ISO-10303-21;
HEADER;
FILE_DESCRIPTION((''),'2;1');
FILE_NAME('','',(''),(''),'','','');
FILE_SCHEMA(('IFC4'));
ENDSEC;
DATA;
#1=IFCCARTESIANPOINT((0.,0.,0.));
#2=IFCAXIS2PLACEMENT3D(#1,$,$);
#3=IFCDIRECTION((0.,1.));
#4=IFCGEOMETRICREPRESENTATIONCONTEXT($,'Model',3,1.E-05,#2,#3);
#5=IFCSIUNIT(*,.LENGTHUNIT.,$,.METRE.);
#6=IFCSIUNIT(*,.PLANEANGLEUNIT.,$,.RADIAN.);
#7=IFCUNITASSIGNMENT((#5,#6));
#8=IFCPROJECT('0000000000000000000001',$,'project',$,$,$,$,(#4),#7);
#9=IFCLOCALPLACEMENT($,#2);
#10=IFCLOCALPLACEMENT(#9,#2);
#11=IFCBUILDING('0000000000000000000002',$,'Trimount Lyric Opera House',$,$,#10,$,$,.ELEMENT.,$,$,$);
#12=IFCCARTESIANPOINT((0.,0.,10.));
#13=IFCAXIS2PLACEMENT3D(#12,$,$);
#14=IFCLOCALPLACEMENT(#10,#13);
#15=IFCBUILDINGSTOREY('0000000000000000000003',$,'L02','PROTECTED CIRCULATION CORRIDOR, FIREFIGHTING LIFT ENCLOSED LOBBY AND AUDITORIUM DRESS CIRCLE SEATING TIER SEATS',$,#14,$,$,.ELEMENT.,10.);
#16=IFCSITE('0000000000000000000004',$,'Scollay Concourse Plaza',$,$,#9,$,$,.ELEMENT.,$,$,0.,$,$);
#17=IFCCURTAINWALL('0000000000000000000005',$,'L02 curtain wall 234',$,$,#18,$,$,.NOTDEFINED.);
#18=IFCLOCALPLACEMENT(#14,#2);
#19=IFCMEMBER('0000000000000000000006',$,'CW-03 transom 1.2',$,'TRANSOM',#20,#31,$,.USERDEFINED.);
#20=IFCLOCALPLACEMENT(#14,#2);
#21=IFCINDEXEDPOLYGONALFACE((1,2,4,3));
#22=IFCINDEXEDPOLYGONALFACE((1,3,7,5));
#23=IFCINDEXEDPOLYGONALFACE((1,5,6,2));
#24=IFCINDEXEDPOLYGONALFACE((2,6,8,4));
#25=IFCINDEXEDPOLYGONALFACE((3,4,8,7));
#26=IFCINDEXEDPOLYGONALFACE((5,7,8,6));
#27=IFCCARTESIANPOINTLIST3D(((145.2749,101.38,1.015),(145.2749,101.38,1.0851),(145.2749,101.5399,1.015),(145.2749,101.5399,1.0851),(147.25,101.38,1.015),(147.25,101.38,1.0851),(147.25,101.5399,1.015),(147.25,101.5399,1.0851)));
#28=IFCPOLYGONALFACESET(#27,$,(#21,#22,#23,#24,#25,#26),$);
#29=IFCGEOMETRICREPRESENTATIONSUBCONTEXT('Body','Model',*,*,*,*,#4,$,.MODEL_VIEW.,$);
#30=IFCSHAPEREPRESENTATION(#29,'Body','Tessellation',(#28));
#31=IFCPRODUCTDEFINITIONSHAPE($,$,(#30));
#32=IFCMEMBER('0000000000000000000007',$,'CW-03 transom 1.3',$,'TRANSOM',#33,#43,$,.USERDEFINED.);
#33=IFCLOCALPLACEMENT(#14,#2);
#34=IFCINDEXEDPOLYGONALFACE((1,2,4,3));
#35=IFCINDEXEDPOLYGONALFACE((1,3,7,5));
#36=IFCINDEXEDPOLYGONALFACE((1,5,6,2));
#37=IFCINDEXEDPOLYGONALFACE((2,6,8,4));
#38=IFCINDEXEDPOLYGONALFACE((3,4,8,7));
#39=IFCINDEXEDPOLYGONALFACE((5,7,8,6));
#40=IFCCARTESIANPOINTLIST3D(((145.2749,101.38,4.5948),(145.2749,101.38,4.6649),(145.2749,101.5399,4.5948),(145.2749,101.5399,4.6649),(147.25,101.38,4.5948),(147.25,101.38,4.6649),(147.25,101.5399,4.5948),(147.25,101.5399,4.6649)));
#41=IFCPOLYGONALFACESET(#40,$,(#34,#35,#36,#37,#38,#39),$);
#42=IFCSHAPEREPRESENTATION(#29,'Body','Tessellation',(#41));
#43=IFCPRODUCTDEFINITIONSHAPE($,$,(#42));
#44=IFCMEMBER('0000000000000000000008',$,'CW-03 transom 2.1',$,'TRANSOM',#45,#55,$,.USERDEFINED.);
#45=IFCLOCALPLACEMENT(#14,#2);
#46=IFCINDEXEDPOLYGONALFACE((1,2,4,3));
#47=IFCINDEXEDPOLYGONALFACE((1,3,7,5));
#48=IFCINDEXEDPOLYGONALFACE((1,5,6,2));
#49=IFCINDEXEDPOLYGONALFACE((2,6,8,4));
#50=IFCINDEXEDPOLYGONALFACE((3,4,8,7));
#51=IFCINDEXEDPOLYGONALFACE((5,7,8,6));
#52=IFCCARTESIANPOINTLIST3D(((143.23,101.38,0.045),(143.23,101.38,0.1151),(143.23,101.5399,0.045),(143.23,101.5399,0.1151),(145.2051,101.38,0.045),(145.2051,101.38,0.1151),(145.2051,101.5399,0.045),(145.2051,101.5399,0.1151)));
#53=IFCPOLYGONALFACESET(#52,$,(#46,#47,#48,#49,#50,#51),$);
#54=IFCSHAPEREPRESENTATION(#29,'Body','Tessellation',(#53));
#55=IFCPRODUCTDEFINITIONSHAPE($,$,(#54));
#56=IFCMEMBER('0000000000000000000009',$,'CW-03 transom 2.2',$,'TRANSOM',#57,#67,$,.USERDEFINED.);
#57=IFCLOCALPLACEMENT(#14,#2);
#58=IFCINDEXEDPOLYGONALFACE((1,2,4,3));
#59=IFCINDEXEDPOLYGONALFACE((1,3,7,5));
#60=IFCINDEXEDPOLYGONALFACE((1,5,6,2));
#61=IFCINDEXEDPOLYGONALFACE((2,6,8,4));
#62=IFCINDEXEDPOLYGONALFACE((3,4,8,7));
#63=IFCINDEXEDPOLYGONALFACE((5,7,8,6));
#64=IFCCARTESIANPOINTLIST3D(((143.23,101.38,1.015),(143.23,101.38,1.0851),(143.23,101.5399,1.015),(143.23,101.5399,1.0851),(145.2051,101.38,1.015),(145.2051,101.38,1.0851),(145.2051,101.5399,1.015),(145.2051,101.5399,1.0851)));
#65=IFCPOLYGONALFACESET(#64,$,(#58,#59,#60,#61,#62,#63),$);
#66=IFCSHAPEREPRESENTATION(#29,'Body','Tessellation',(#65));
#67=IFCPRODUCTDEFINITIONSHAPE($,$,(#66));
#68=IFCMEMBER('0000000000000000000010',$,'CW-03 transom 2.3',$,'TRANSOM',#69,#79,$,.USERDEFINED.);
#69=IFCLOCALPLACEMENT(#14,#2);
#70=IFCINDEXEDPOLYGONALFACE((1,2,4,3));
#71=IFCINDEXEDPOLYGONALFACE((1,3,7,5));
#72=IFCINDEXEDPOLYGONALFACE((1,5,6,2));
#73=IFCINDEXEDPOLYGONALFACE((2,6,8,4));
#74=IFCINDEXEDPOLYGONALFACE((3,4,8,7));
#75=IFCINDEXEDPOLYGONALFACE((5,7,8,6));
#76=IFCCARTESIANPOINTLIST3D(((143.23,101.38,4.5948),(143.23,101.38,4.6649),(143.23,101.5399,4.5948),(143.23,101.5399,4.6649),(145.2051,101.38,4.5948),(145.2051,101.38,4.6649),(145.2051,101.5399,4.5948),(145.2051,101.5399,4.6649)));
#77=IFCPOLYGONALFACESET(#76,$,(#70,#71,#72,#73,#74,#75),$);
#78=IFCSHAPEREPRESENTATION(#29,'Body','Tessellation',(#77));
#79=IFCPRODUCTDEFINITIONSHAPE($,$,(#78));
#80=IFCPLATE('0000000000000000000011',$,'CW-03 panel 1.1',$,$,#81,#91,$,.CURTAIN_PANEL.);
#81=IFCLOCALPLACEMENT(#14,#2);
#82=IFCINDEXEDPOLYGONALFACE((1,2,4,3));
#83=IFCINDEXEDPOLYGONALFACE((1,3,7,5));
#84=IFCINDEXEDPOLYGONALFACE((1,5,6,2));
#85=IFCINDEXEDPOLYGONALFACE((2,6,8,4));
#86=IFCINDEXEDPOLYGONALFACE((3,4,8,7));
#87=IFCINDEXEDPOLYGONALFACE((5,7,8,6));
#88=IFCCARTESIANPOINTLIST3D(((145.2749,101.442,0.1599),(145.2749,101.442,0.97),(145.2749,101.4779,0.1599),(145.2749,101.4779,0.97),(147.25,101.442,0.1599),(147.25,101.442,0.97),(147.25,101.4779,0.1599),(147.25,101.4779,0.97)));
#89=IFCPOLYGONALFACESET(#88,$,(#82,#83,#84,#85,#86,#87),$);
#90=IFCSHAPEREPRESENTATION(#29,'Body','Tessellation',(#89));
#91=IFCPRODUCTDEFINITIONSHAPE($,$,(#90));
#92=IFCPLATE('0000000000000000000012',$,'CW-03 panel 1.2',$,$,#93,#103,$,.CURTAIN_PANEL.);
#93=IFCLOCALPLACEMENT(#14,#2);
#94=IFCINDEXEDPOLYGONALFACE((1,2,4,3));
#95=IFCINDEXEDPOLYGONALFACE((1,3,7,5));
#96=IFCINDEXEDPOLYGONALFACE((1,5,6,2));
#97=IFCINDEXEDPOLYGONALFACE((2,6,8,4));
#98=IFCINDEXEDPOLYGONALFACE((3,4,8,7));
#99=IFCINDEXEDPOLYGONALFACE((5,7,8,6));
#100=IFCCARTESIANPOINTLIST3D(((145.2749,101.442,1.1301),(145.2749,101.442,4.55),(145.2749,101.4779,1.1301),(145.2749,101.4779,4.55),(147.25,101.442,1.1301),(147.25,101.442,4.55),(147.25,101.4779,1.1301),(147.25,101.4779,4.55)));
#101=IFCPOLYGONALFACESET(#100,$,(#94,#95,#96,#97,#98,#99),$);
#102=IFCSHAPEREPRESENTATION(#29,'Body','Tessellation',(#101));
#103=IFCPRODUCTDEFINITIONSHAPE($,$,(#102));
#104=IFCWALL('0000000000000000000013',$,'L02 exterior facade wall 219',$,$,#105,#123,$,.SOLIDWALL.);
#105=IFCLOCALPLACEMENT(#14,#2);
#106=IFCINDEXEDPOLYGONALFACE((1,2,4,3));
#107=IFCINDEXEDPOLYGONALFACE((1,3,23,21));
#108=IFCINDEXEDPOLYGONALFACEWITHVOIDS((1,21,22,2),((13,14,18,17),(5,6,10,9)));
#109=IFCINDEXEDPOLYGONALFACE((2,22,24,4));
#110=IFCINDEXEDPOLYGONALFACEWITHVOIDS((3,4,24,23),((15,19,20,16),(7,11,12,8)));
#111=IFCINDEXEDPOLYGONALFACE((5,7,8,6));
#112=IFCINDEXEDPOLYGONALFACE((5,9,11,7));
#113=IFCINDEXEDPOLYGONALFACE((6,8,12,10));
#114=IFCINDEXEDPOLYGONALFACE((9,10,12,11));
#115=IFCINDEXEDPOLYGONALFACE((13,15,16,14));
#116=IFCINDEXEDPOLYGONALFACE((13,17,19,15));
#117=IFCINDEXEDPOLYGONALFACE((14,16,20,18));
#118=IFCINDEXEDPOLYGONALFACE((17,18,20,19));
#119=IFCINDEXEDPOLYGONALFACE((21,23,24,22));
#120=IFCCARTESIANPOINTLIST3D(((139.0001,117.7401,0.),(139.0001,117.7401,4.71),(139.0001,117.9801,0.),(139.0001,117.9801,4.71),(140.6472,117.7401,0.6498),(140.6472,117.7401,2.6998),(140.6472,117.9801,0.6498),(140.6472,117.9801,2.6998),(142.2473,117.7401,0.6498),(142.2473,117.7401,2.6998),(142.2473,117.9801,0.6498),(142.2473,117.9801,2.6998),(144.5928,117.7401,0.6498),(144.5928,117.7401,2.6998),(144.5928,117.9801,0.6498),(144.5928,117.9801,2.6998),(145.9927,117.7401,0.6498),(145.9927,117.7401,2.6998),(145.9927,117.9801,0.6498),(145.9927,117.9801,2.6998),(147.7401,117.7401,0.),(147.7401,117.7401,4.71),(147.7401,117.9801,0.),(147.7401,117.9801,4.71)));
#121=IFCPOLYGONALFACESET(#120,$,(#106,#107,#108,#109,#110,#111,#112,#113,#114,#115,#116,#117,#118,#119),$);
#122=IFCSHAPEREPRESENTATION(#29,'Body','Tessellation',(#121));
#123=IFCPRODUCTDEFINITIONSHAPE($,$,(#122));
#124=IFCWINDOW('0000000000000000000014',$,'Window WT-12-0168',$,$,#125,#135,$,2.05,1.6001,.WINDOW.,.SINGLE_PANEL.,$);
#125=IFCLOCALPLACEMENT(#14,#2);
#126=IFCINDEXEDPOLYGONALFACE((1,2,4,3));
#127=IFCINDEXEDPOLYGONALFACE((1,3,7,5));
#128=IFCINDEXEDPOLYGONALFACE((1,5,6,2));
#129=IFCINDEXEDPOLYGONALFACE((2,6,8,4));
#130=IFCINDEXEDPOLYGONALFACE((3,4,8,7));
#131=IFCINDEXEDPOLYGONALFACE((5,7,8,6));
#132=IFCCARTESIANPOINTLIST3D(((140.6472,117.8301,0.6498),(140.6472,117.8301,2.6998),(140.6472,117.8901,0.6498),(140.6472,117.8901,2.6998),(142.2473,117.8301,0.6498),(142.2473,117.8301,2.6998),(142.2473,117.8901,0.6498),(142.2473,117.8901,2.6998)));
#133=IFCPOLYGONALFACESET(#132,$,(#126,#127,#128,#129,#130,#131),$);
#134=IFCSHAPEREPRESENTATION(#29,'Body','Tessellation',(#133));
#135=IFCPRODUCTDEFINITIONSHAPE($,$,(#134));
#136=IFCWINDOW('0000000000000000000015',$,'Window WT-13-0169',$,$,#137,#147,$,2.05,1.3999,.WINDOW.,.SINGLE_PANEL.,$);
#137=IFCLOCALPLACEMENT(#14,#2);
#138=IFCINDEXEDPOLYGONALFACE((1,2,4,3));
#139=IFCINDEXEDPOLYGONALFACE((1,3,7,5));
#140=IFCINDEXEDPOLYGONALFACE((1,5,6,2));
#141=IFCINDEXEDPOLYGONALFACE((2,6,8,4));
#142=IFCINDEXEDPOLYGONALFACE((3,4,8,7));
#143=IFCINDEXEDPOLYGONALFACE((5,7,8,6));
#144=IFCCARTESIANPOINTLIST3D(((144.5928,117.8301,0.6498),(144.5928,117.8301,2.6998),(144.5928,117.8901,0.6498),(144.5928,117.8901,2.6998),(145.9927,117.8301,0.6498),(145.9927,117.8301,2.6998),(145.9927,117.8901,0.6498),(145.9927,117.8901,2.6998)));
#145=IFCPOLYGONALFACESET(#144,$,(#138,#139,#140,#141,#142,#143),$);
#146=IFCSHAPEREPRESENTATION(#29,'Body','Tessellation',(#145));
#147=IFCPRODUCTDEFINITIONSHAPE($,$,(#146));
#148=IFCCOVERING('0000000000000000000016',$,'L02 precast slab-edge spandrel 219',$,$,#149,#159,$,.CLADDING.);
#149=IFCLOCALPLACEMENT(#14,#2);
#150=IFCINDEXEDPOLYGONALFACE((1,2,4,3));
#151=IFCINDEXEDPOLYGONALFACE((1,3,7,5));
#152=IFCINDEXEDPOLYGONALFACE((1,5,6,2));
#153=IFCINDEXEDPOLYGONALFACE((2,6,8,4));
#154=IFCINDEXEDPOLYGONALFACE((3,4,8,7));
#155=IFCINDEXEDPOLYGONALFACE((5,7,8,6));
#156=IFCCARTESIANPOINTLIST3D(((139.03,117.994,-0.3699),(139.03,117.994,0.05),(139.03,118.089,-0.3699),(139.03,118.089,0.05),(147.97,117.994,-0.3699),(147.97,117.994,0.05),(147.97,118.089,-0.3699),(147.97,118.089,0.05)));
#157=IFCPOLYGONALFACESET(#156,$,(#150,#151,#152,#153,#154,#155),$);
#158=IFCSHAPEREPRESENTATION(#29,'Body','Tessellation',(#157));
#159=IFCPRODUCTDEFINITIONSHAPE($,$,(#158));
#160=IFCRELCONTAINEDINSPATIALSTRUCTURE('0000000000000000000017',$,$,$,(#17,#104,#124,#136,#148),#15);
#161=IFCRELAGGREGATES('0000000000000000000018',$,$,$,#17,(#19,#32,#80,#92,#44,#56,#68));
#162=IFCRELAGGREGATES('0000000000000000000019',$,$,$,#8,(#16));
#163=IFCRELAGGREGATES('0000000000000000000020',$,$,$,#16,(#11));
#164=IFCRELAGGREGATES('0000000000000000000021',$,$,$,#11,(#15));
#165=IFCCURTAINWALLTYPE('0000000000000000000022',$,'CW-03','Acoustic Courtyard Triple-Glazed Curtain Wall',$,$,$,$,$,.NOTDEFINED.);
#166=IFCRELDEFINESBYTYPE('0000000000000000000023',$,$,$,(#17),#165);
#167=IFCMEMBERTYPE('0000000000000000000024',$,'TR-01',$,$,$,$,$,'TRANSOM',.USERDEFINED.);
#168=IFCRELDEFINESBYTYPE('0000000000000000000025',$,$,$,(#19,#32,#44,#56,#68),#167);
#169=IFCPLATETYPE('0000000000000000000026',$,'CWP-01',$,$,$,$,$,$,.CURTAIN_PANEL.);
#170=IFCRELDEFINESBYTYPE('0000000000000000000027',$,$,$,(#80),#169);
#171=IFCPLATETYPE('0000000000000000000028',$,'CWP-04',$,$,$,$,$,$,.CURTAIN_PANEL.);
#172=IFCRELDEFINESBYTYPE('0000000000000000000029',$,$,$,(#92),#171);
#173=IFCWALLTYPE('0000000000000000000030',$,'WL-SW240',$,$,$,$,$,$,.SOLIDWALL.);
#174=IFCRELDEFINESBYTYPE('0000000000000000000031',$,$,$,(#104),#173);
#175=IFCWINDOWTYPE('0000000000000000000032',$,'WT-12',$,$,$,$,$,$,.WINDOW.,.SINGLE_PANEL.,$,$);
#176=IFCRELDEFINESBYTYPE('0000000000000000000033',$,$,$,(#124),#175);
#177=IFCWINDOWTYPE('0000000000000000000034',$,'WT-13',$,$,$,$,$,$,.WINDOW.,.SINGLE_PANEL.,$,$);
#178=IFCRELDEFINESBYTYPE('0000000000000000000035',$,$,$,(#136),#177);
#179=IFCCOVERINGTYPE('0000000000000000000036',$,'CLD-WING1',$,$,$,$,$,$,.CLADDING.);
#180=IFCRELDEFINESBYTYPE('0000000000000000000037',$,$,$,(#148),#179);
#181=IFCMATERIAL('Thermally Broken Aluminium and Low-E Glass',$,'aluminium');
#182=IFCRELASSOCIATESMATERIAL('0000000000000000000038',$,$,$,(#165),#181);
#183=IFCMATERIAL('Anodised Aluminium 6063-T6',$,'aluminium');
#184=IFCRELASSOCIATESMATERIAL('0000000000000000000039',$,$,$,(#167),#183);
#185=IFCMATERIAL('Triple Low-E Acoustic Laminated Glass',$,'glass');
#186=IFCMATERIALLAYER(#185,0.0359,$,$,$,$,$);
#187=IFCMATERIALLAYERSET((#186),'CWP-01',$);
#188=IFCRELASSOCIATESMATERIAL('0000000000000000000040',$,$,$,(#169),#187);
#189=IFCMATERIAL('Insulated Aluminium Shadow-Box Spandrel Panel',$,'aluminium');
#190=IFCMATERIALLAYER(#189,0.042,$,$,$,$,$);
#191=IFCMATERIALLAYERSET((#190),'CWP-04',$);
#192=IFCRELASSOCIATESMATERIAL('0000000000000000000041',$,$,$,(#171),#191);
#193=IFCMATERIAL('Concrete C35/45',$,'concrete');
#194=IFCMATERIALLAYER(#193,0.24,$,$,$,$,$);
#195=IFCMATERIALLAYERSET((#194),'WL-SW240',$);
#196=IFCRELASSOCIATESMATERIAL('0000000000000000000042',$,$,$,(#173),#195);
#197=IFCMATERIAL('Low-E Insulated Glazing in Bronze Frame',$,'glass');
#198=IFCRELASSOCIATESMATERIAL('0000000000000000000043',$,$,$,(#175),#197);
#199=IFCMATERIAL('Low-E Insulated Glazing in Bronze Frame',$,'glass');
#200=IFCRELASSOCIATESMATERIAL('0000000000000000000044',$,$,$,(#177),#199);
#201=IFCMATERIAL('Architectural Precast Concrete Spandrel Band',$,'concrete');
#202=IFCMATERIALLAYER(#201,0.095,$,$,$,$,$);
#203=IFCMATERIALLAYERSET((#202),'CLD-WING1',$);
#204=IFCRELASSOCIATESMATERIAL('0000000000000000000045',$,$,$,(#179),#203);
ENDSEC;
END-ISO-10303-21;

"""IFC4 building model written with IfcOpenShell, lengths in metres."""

from ifc_helpers import new_model, si_unit, direction, frame, frame_2d, origin, origin_2d, place, context, subcontext, project, spatial, rectangle, extrude, material, layer, layer_set, material_profile, profile_set, type_object, element, fill, aggregate, save


model = new_model("IFC4")

# Units and contexts
model_context = context("Model", 3, precision=1e-05, world=origin(), true_north=direction((0.0, 1.0)))
body_context = subcontext(model_context, "Body", "Model", "MODEL_VIEW")
ifc_project = project(units=[si_unit("LENGTHUNIT", "METRE"), si_unit("PLANEANGLEUNIT", "RADIAN")], contexts=[model_context])

# Site, building, storey
site_placement = place(None, origin())
site = spatial("IfcSite", under=ifc_project, at=site_placement, Name="Scollay Concourse Plaza", CompositionType="ELEMENT", RefElevation=0.0)
building_placement = place(site_placement, origin())
building = spatial("IfcBuilding", under=site, at=building_placement, Name="Trimount Lyric Opera House", CompositionType="ELEMENT")
storey_placement = place(building_placement, frame((0.0, 0.0, 10.0)))
storey = spatial("IfcBuildingStorey", under=building, at=storey_placement, Name="L02", Description="PROTECTED CIRCULATION CORRIDOR, FIREFIGHTING LIFT ENCLOSED LOBBY AND AUDITORIUM DRESS CIRCLE SEATING TIER SEATS", CompositionType="ELEMENT", Elevation=10.0)

# Curtain wall
ifc_material_1 = material(Name="Thermally Broken Aluminium and Low-E Glass", Category="aluminium")
curtain_wall_type = type_object("IfcCurtainWallType", Name="CW-03", Description="Acoustic Courtyard Triple-Glazed Curtain Wall", PredefinedType="NOTDEFINED", material=ifc_material_1)
curtain_wall_placement = place(storey_placement, origin())
curtain_wall = element("IfcCurtainWall", 1, at=curtain_wall_placement, inside=storey, type_object=curtain_wall_type, Name="L02 curtain wall 234", PredefinedType="NOTDEFINED")

# Members
ifc_material_2 = material(Name="Anodised Aluminium 6063-T6", Category="aluminium")
ifc_material_profile_1 = material_profile(ifc_material_2, rectangle(XDim=0.1599, YDim=0.0701, at=origin_2d()), Name="ALU-TRAN-70X160")
ifc_profile_set_1 = profile_set([ifc_material_profile_1], Name="Anodised Aluminium 6063-T6")
member_type_1 = type_object("IfcMemberType", Name="TR-01", ElementType="TRANSOM", PredefinedType="USERDEFINED", material=ifc_profile_set_1)
member_1_placement = place(storey_placement, frame((147.25, 101.46, 1.05), z_axis=(-1.0, 0.0, 0.0), x_axis=(0.0, -1.0, 0.0)))
member_1 = element("IfcMember", 2, at=member_1_placement, type_object=member_type_1, Name="CW-03 transom 1.2", ObjectType="TRANSOM", PredefinedType="USERDEFINED", context=body_context, shape_type="SweptSolid", body=[
    extrude(rectangle(XDim=0.1599, YDim=0.0701, at=origin_2d()), origin(), (0.0, 0.0, 1.0), 1.9751),
])
member_2_placement = place(storey_placement, frame((147.25, 101.46, 4.6299), z_axis=(-1.0, 0.0, 0.0), x_axis=(0.0, -1.0, 0.0)))
member_2 = element("IfcMember", 3, at=member_2_placement, type_object=member_type_1, Name="CW-03 transom 1.3", ObjectType="TRANSOM", PredefinedType="USERDEFINED", context=body_context, shape_type="SweptSolid", body=[
    extrude(rectangle(XDim=0.1599, YDim=0.0701, at=origin_2d()), origin(), (0.0, 0.0, 1.0), 1.9751),
])
member_3_placement = place(storey_placement, frame((145.2051, 101.46, 0.0801), z_axis=(-1.0, 0.0, 0.0), x_axis=(0.0, -1.0, 0.0)))
member_3 = element("IfcMember", 4, at=member_3_placement, type_object=member_type_1, Name="CW-03 transom 2.1", ObjectType="TRANSOM", PredefinedType="USERDEFINED", context=body_context, shape_type="SweptSolid", body=[
    extrude(rectangle(XDim=0.1599, YDim=0.0701, at=origin_2d()), origin(), (0.0, 0.0, 1.0), 1.9751),
])
member_4_placement = place(storey_placement, frame((145.2051, 101.46, 1.05), z_axis=(-1.0, 0.0, 0.0), x_axis=(0.0, -1.0, 0.0)))
member_4 = element("IfcMember", 5, at=member_4_placement, type_object=member_type_1, Name="CW-03 transom 2.2", ObjectType="TRANSOM", PredefinedType="USERDEFINED", context=body_context, shape_type="SweptSolid", body=[
    extrude(rectangle(XDim=0.1599, YDim=0.0701, at=origin_2d()), origin(), (0.0, 0.0, 1.0), 1.9751),
])
member_5_placement = place(storey_placement, frame((145.2051, 101.46, 4.6299), z_axis=(-1.0, 0.0, 0.0), x_axis=(0.0, -1.0, 0.0)))
member_5 = element("IfcMember", 6, at=member_5_placement, type_object=member_type_1, Name="CW-03 transom 2.3", ObjectType="TRANSOM", PredefinedType="USERDEFINED", context=body_context, shape_type="SweptSolid", body=[
    extrude(rectangle(XDim=0.1599, YDim=0.0701, at=origin_2d()), origin(), (0.0, 0.0, 1.0), 1.9751),
])

# Plates
ifc_material_3 = material(Name="Triple Low-E Acoustic Laminated Glass", Category="glass")
ifc_layer_1 = layer(ifc_material_3, 0.0359)
ifc_layer_set_1 = layer_set([ifc_layer_1], Name="CWP-01")
plate_type_1 = type_object("IfcPlateType", Name="CWP-01", PredefinedType="CURTAIN_PANEL", material=ifc_layer_set_1)
plate_1_placement = place(storey_placement, frame((146.2625, 101.46, 0.1599), z_axis=(0.0, 0.0, 1.0), x_axis=(-1.0, 0.0, 0.0)))
plate_1 = element("IfcPlate", 7, at=plate_1_placement, type_object=plate_type_1, Name="CW-03 panel 1.1", PredefinedType="CURTAIN_PANEL", context=body_context, shape_type="SweptSolid", body=[
    extrude(rectangle(XDim=1.9751, YDim=0.0359, at=origin_2d()), origin(), (0.0, 0.0, 1.0), 0.8101),
])
ifc_material_4 = material(Name="Insulated Aluminium Shadow-Box Spandrel Panel", Category="aluminium")
ifc_layer_2 = layer(ifc_material_4, 0.042)
ifc_layer_set_2 = layer_set([ifc_layer_2], Name="CWP-04")
plate_type_2 = type_object("IfcPlateType", Name="CWP-04", PredefinedType="CURTAIN_PANEL", material=ifc_layer_set_2)
plate_2_placement = place(storey_placement, frame((146.2625, 101.46, 1.1301), z_axis=(0.0, 0.0, 1.0), x_axis=(-1.0, 0.0, 0.0)))
plate_2 = element("IfcPlate", 8, at=plate_2_placement, type_object=plate_type_2, Name="CW-03 panel 1.2", PredefinedType="CURTAIN_PANEL", context=body_context, shape_type="SweptSolid", body=[
    extrude(rectangle(XDim=1.9751, YDim=0.0359, at=origin_2d()), origin(), (0.0, 0.0, 1.0), 3.4199),
])
aggregate(curtain_wall, [member_1, member_2, plate_1, plate_2, member_3, member_4, member_5])

# Wall, openings, windows
ifc_material_5 = material(Name="Concrete C35/45", Category="concrete")
ifc_layer_3 = layer(ifc_material_5, 0.24)
ifc_layer_set_3 = layer_set([ifc_layer_3], Name="WL-SW240")
wall_type = type_object("IfcWallType", Name="WL-SW240", PredefinedType="SOLIDWALL", material=ifc_layer_set_3)
wall_placement = place(storey_placement, frame((139.0, 117.8601, 0.0), z_axis=(0.0, 0.0, 1.0), x_axis=(1.0, 0.0, 0.0)))
wall = element("IfcWall", 9, at=wall_placement, inside=storey, type_object=wall_type, Name="L02 exterior facade wall 219", PredefinedType="SOLIDWALL", context=body_context, shape_type="SweptSolid", body=[
    extrude(rectangle(XDim=8.74, YDim=0.24, at=frame_2d((4.3701, 0.0))), origin(), (0.0, 0.0, 1.0), 4.71),
])
opening_1_placement = place(wall_placement, frame((1.6472, 0.0, 0.6499)))
opening_1 = element("IfcOpeningElement", 10, at=opening_1_placement, cuts=wall, PredefinedType="OPENING", context=body_context, shape_type="SweptSolid", body=[
    extrude(rectangle(XDim=1.6001, YDim=2.05, at=frame_2d((0.8, 1.0249))), frame((0.0, 0.1299, 0.0), z_axis=(0.0, -1.0, 0.0), x_axis=(1.0, 0.0, 0.0)), (0.0, 0.0, 1.0), 0.26),
])
opening_2_placement = place(wall_placement, frame((5.5928, 0.0, 0.6499)))
opening_2 = element("IfcOpeningElement", 11, at=opening_2_placement, cuts=wall, PredefinedType="OPENING", context=body_context, shape_type="SweptSolid", body=[
    extrude(rectangle(XDim=1.3999, YDim=2.05, at=frame_2d((0.7, 1.0249))), frame((0.0, 0.1299, 0.0), z_axis=(0.0, -1.0, 0.0), x_axis=(1.0, 0.0, 0.0)), (0.0, 0.0, 1.0), 0.26),
])
ifc_material_6 = material(Name="Low-E Insulated Glazing in Bronze Frame", Category="glass")
window_type_1 = type_object("IfcWindowType", Name="WT-12", PartitioningType="SINGLE_PANEL", PredefinedType="WINDOW", material=ifc_material_6)
window_1_placement = place(opening_1_placement, origin())
window_1 = element("IfcWindow", 12, at=window_1_placement, inside=storey, type_object=window_type_1, Name="Window WT-12-0168", OverallHeight=2.05, OverallWidth=1.6001, PartitioningType="SINGLE_PANEL", PredefinedType="WINDOW", context=body_context, shape_type="SweptSolid", body=[
    extrude(rectangle(XDim=1.6001, YDim=2.05, at=frame_2d((0.8, 1.0249))), frame((0.0, 0.03, 0.0), z_axis=(0.0, -1.0, 0.0), x_axis=(1.0, 0.0, 0.0)), (0.0, 0.0, 1.0), 0.0601),
])
fill(opening_1, window_1)
ifc_material_7 = material(Name="Low-E Insulated Glazing in Bronze Frame", Category="glass")
window_type_2 = type_object("IfcWindowType", Name="WT-13", PartitioningType="SINGLE_PANEL", PredefinedType="WINDOW", material=ifc_material_7)
window_2_placement = place(opening_2_placement, origin())
window_2 = element("IfcWindow", 13, at=window_2_placement, inside=storey, type_object=window_type_2, Name="Window WT-13-0169", OverallHeight=2.05, OverallWidth=1.3999, PartitioningType="SINGLE_PANEL", PredefinedType="WINDOW", context=body_context, shape_type="SweptSolid", body=[
    extrude(rectangle(XDim=1.3999, YDim=2.05, at=frame_2d((0.7, 1.0249))), frame((0.0, 0.03, 0.0), z_axis=(0.0, -1.0, 0.0), x_axis=(1.0, 0.0, 0.0)), (0.0, 0.0, 1.0), 0.0601),
])
fill(opening_2, window_2)

# Covering
ifc_material_8 = material(Name="Architectural Precast Concrete Spandrel Band", Category="concrete")
ifc_layer_4 = layer(ifc_material_8, 0.095)
ifc_layer_set_4 = layer_set([ifc_layer_4], Name="CLD-WING1")
covering_type = type_object("IfcCoveringType", Name="CLD-WING1", PredefinedType="CLADDING", material=ifc_layer_set_4)
covering_placement = place(storey_placement, frame((143.5, 118.0415, -0.3699), z_axis=(0.0, 0.0, 1.0), x_axis=(1.0, 0.0, 0.0)))
element("IfcCovering", 14, at=covering_placement, inside=storey, type_object=covering_type, Name="L02 precast slab-edge spandrel 219", PredefinedType="CLADDING", context=body_context, shape_type="SweptSolid", body=[
    extrude(rectangle(XDim=8.9399, YDim=0.095, at=origin_2d()), origin(), (0.0, 0.0, 1.0), 0.4199),
])

save(model, "model.ifc")
